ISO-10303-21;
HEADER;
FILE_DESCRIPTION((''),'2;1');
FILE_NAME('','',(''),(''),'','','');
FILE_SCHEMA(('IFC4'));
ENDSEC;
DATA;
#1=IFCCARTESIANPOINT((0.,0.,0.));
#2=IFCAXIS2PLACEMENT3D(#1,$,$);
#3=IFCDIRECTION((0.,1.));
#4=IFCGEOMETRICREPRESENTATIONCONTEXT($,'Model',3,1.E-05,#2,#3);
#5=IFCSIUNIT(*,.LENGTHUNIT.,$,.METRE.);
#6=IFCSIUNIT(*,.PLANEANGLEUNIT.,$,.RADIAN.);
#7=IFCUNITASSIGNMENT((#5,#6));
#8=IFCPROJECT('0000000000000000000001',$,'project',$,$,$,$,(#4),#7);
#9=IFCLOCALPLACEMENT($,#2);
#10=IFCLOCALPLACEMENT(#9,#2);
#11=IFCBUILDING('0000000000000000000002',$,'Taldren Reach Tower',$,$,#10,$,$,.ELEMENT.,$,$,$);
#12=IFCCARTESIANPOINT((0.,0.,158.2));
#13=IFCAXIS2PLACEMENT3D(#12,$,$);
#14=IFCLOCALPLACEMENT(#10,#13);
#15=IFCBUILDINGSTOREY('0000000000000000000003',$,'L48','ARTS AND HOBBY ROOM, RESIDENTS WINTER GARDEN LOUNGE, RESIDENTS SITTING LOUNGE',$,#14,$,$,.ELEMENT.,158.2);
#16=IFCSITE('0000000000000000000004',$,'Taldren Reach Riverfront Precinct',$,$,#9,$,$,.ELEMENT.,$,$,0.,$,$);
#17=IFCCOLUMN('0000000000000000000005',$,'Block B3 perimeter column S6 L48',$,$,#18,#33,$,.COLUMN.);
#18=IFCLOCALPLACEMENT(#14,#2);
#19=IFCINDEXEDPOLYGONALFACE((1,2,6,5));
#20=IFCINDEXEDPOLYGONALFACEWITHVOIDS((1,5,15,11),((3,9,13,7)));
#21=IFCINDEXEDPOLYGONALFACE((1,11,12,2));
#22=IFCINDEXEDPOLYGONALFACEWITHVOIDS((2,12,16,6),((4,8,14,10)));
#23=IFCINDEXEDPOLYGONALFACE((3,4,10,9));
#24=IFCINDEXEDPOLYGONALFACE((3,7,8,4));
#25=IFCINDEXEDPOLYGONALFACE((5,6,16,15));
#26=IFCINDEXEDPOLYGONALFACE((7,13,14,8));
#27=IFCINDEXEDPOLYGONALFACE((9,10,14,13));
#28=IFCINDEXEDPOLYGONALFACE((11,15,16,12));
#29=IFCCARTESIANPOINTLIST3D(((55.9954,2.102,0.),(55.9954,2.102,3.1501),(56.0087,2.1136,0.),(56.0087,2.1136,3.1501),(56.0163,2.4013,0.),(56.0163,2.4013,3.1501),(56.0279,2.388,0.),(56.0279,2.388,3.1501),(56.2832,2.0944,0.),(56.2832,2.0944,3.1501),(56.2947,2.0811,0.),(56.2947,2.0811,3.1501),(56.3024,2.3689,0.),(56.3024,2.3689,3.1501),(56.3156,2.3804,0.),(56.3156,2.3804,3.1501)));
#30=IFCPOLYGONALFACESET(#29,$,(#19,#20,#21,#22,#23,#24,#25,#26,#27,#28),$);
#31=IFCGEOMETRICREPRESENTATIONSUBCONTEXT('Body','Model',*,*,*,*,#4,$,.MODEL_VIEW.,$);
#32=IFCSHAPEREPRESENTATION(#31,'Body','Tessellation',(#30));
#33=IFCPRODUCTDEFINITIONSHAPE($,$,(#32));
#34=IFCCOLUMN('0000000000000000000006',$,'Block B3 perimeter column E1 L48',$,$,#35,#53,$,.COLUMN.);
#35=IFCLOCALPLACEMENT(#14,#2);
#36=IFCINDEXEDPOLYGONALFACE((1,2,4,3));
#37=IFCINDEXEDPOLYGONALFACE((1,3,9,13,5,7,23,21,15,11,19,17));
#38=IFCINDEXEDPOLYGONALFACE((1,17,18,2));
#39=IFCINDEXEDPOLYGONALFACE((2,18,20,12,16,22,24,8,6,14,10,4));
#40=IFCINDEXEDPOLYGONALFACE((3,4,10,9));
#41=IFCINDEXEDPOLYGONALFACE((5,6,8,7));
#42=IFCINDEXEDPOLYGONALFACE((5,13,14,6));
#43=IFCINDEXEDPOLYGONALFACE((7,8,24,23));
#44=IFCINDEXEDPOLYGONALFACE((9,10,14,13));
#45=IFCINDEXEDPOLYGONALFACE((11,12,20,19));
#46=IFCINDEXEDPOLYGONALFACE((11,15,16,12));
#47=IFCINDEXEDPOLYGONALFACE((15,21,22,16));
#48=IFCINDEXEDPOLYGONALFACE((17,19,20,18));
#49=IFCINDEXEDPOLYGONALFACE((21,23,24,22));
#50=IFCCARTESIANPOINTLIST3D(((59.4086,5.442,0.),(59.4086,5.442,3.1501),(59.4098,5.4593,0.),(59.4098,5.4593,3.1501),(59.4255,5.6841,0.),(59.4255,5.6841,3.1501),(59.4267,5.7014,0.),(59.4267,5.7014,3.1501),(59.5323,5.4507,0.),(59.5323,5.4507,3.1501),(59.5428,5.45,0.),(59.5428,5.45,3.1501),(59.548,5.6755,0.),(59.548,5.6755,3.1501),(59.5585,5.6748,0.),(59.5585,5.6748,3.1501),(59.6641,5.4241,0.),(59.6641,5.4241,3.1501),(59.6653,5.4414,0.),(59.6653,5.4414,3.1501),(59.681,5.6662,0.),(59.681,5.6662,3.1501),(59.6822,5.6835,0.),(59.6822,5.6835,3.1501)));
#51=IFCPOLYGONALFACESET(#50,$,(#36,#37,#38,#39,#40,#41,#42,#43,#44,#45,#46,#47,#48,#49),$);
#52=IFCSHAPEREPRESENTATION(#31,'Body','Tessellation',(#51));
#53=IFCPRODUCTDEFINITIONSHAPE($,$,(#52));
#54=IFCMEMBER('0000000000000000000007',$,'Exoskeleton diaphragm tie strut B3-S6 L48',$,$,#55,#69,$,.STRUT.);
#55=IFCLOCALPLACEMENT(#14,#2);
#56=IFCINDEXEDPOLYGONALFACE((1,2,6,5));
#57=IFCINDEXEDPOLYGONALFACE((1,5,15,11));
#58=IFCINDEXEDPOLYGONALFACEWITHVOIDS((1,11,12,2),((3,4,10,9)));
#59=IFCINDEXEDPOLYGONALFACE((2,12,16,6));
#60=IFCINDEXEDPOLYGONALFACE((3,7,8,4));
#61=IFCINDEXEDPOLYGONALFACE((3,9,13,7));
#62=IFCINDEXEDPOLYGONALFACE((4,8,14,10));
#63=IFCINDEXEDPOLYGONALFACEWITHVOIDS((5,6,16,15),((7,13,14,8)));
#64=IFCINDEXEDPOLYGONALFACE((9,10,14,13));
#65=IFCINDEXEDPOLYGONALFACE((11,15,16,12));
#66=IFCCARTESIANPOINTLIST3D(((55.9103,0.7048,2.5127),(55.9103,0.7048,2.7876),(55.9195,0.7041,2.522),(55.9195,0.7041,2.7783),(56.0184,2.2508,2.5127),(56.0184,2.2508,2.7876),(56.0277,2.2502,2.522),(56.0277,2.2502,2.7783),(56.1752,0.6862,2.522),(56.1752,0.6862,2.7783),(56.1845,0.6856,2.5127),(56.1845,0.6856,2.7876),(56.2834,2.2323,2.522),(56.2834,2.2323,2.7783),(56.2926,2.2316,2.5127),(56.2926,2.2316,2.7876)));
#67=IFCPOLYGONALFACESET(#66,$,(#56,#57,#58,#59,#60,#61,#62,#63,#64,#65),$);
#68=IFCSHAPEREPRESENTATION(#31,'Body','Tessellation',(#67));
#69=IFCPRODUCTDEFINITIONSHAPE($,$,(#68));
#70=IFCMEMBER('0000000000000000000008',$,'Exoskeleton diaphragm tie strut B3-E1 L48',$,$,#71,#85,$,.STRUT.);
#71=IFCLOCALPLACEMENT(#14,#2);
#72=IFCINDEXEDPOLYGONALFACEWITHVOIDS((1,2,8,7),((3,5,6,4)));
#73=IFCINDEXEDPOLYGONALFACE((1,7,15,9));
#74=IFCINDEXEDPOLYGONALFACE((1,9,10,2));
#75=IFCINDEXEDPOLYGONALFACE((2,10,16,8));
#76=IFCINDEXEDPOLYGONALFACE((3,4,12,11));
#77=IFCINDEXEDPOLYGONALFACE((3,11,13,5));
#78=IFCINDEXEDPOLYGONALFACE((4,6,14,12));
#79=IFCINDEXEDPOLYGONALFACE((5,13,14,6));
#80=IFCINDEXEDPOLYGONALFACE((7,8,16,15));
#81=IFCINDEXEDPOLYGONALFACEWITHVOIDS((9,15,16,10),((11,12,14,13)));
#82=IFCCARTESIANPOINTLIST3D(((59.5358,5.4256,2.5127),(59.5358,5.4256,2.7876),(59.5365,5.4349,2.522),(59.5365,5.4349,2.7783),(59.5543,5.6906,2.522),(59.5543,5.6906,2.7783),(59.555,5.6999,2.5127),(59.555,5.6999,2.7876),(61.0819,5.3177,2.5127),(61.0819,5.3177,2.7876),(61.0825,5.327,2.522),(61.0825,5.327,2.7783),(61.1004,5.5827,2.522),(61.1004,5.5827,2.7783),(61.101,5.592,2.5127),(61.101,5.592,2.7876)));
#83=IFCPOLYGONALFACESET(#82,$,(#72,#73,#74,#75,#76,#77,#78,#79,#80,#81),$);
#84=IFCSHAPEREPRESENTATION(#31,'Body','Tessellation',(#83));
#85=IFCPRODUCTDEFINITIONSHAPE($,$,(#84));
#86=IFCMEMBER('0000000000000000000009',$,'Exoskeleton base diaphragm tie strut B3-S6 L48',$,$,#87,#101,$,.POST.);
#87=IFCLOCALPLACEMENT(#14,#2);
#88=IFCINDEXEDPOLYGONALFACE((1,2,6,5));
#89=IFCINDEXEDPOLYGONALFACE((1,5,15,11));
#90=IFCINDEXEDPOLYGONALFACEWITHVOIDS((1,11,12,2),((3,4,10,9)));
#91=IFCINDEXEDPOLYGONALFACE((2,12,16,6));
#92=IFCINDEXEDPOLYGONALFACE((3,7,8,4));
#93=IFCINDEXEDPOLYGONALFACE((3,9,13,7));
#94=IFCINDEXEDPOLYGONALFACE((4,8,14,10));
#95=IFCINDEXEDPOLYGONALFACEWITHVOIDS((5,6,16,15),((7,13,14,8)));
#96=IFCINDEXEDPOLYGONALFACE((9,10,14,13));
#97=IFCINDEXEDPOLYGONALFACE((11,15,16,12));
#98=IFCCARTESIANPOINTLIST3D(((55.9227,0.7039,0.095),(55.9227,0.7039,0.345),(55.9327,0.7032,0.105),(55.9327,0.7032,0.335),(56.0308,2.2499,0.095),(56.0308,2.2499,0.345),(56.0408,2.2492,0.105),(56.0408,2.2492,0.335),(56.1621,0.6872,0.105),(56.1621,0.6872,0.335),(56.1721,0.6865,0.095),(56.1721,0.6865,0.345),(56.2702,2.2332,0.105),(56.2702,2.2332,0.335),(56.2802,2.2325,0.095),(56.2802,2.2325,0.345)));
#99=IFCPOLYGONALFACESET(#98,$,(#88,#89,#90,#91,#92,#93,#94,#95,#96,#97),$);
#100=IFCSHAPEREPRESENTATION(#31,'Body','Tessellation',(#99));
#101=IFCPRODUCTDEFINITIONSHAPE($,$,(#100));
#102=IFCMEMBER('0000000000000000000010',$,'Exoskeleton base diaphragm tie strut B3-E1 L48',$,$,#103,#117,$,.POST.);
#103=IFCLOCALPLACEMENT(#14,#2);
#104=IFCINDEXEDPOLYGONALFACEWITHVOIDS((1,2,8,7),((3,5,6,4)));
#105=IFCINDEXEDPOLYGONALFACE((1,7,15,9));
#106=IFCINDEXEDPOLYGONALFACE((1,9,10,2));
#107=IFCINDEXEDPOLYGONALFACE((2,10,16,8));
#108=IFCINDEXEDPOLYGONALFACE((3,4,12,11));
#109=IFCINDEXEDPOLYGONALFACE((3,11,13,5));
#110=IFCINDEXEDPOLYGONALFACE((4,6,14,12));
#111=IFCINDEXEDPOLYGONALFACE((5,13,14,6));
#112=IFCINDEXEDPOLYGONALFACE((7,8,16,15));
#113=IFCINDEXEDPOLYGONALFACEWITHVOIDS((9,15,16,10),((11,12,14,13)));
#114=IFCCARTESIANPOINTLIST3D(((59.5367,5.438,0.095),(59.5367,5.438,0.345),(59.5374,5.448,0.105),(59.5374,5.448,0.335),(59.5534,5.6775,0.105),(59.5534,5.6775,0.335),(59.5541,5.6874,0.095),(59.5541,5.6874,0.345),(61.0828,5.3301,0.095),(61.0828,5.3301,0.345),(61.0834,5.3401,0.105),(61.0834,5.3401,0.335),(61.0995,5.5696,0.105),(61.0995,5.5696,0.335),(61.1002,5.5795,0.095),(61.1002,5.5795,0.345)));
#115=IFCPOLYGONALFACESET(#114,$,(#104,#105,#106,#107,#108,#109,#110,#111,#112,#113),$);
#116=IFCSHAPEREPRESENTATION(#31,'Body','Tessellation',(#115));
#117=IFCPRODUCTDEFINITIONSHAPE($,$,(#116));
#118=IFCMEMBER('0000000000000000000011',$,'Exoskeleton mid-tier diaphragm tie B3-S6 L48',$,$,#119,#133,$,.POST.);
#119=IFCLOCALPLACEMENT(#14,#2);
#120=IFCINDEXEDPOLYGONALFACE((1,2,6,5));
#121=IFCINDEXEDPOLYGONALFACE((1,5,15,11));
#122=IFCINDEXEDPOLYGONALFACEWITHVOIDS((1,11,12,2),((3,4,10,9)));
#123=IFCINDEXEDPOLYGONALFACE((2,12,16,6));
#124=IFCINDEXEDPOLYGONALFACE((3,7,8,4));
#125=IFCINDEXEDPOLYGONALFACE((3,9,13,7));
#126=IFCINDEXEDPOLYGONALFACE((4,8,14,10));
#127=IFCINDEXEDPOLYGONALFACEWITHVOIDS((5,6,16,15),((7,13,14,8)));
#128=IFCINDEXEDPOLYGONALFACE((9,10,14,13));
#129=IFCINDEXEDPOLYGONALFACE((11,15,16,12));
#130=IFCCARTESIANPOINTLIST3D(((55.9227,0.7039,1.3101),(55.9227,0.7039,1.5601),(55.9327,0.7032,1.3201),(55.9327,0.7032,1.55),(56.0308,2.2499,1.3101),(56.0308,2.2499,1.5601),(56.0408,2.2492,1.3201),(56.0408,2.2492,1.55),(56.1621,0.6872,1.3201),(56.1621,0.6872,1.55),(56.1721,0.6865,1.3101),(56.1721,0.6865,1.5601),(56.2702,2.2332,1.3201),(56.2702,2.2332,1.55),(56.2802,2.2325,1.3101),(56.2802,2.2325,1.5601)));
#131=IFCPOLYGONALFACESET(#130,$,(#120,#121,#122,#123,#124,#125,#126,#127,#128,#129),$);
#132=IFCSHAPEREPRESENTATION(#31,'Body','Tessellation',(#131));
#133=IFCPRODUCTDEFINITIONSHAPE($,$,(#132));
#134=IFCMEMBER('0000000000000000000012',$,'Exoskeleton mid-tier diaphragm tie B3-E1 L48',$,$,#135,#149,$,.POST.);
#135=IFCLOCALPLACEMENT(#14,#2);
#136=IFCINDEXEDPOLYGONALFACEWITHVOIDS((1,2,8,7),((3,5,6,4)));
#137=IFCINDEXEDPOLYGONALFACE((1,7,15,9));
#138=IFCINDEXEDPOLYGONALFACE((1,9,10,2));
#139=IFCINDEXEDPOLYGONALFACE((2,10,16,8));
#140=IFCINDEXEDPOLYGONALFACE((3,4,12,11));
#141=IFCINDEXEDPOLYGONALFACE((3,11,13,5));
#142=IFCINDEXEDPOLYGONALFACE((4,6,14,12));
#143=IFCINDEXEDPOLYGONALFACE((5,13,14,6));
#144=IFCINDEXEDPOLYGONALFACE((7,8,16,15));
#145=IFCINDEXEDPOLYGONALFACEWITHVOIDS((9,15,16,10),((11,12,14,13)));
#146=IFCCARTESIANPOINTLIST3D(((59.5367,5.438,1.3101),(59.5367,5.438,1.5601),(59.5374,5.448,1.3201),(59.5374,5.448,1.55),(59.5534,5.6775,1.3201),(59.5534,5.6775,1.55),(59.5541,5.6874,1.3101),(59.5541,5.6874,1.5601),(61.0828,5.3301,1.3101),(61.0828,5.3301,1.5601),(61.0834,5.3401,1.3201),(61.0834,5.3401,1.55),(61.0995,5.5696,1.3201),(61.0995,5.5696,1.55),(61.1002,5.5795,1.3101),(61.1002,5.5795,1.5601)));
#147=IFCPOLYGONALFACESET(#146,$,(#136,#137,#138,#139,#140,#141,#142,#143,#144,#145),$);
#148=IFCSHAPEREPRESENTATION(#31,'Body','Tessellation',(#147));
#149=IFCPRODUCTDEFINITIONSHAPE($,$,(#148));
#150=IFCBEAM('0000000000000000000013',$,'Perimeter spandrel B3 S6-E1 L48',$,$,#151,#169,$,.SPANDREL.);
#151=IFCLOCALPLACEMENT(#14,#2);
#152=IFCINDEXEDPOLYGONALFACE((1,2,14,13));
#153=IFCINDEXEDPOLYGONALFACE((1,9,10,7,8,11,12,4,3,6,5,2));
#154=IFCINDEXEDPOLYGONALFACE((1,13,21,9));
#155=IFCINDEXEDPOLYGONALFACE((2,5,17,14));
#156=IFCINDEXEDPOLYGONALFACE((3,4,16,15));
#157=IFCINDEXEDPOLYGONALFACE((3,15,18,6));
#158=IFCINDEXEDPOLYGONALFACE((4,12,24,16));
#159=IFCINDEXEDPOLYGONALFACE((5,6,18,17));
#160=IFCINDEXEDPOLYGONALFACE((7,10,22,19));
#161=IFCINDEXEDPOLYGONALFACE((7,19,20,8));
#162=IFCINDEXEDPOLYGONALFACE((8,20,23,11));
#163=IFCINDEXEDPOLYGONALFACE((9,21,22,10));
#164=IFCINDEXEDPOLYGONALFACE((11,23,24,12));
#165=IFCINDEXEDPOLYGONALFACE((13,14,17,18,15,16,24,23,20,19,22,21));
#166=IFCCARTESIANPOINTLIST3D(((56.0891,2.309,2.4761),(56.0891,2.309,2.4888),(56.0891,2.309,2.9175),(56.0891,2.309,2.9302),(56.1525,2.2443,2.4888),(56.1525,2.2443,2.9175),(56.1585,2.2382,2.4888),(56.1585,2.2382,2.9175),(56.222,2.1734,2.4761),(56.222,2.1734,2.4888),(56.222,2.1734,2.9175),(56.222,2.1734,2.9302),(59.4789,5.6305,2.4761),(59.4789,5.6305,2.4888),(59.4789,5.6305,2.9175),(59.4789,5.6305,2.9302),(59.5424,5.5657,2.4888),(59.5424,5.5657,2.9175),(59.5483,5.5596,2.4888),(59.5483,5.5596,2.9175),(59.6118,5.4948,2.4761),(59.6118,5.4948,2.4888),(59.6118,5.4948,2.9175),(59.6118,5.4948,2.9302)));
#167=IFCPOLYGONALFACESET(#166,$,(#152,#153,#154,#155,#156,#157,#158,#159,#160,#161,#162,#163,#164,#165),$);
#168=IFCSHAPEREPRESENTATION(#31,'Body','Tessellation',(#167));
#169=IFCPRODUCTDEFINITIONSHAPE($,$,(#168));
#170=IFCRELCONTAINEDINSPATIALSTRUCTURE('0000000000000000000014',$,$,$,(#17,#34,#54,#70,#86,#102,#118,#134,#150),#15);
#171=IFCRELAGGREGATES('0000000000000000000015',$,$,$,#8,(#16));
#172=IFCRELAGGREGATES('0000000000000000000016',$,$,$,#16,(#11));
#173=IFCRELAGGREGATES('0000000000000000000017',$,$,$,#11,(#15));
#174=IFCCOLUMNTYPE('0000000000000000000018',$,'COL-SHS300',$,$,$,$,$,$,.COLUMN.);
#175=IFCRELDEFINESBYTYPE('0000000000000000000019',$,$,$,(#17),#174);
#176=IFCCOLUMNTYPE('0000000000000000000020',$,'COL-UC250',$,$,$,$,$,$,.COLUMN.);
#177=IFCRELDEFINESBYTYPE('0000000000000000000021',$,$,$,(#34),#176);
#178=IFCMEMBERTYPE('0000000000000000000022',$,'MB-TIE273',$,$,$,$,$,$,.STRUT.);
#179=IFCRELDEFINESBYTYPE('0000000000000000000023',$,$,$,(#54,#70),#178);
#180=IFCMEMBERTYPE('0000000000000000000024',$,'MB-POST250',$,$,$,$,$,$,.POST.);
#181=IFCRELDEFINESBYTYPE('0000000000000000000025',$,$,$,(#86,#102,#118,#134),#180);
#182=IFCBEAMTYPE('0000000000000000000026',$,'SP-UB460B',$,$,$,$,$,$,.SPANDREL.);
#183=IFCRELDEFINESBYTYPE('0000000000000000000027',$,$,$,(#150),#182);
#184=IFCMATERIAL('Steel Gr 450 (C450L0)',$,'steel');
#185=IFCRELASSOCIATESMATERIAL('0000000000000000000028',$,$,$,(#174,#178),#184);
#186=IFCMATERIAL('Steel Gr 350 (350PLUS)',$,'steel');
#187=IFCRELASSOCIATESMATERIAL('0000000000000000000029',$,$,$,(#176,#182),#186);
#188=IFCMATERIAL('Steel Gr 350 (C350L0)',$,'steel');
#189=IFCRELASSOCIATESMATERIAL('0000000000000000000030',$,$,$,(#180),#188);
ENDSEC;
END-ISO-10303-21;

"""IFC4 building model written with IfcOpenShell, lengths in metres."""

from ifc_helpers import new_model, si_unit, direction, frame, origin, origin_2d, place, context, subcontext, project, spatial, hollow_rectangle, i_section, extrude, source, transform, mapped, material, material_profile, profile_set, type_object, element, save


model = new_model("IFC4")

# Units and contexts
model_context = context("Model", 3, precision=1e-05, world=origin(), true_north=direction((0.0, 1.0)))
body_context = subcontext(model_context, "Body", "Model", "MODEL_VIEW")
ifc_project = project(units=[si_unit("LENGTHUNIT", "METRE"), si_unit("PLANEANGLEUNIT", "RADIAN")], contexts=[model_context])

# Site, building, storey
site_placement = place(None, origin())
site = spatial("IfcSite", under=ifc_project, at=site_placement, Name="Taldren Reach Riverfront Precinct", CompositionType="ELEMENT", RefElevation=0.0)
building_placement = place(site_placement, origin())
building = spatial("IfcBuilding", under=site, at=building_placement, Name="Taldren Reach Tower", CompositionType="ELEMENT")
storey_placement = place(building_placement, frame((0.0, 0.0, 158.2)))
storey = spatial("IfcBuildingStorey", under=building, at=storey_placement, Name="L48", Description="ARTS AND HOBBY ROOM, RESIDENTS WINTER GARDEN LOUNGE, RESIDENTS SITTING LOUNGE", CompositionType="ELEMENT", Elevation=158.2)

# Columns
ifc_material_1 = material(Name="Steel Gr 450 (C450L0)", Category="steel")
ifc_material_profile_1 = material_profile(ifc_material_1, hollow_rectangle(XDim=0.3, YDim=0.3, WallThickness=0.0125, at=origin_2d()), Name="300x300x12.5SHS")
ifc_profile_set_1 = profile_set([ifc_material_profile_1], Name="Steel Gr 450 (C450L0)")
column_type_1 = type_object("IfcColumnType", Name="COL-SHS300", PredefinedType="COLUMN", material=ifc_profile_set_1)
shared_shape_1 = source(origin(), body_context, "Body", "SweptSolid", [
    extrude(hollow_rectangle(XDim=0.3, YDim=0.3, WallThickness=0.0125, at=origin_2d()), origin(), (0.0, 0.0, 1.0), 3.1501),
])
column_1_placement = place(storey_placement, frame((56.1555, 2.2412, 0.0), z_axis=(0.0, 0.0, 1.0), x_axis=(0.997564, -0.069756, 0.0)))
element("IfcColumn", 1, at=column_1_placement, inside=storey, type_object=column_type_1, Name="Block B3 perimeter column S6 L48", PredefinedType="COLUMN", context=body_context, shape_type="MappedRepresentation", body=[
    mapped(shared_shape_1, transform((0.0, 0.0, 0.0), scale=1.0)),
])
ifc_material_2 = material(Name="Steel Gr 350 (350PLUS)", Category="steel")
ifc_material_profile_2 = material_profile(ifc_material_2, i_section(OverallWidth=0.2561, OverallDepth=0.26, WebThickness=0.0105, FlangeThickness=0.0173, at=origin_2d()), Name="250UC89.5")
ifc_profile_set_2 = profile_set([ifc_material_profile_2], Name="Steel Gr 350 (350PLUS)")
column_type_2 = type_object("IfcColumnType", Name="COL-UC250", PredefinedType="COLUMN", material=ifc_profile_set_2)
shared_shape_2 = source(origin(), body_context, "Body", "SweptSolid", [
    extrude(i_section(OverallWidth=0.2561, OverallDepth=0.26, WebThickness=0.0105, FlangeThickness=0.0173, at=origin_2d()), origin(), (0.0, 0.0, 1.0), 3.1501),
])
column_2_placement = place(storey_placement, frame((59.5454, 5.5627, 0.0), z_axis=(0.0, 0.0, 1.0), x_axis=(0.997564, -0.069756, 0.0)))
element("IfcColumn", 2, at=column_2_placement, inside=storey, type_object=column_type_2, Name="Block B3 perimeter column E1 L48", PredefinedType="COLUMN", context=body_context, shape_type="MappedRepresentation", body=[
    mapped(shared_shape_2, transform((0.0, 0.0, 0.0), scale=1.0)),
])

# Members
ifc_material_profile_3 = material_profile(ifc_material_1, hollow_rectangle(XDim=0.2749, YDim=0.2749, WallThickness=0.0093, at=origin_2d()), Name="275x275x9.3SHS")
ifc_profile_set_3 = profile_set([ifc_material_profile_3], Name="Steel Gr 450 (C450L0)")
member_type_1 = type_object("IfcMemberType", Name="MB-TIE273", PredefinedType="STRUT", material=ifc_profile_set_3)
shared_shape_3 = source(origin(), body_context, "Body", "SweptSolid", [
    extrude(hollow_rectangle(XDim=0.2749, YDim=0.2749, WallThickness=0.0093, at=origin_2d()), origin(), (0.0, 0.0, 1.0), 1.5498),
])
for number, where, z_axis, x_axis, name in (
    (3, (56.1555, 2.2412, 2.6501), (-0.069781, -0.997562, 0.0), (0.997562, -0.069781, 0.0), "Exoskeleton diaphragm tie strut B3-S6 L48"),
    (4, (59.5454, 5.5627, 2.6501), (0.997573, -0.069624, 0.0), (0.069624, 0.997573, 0.0), "Exoskeleton diaphragm tie strut B3-E1 L48"),
):
    element("IfcMember", number, at=place(storey_placement, frame(where, z_axis=z_axis, x_axis=x_axis)), inside=storey, type_object=member_type_1, Name=name, PredefinedType="STRUT", context=body_context, shape_type="MappedRepresentation", body=[
        mapped(shared_shape_3, transform((0.0, 0.0, 0.0), scale=1.0)),
    ])
ifc_material_3 = material(Name="Steel Gr 350 (C350L0)", Category="steel")
ifc_material_profile_4 = material_profile(ifc_material_3, hollow_rectangle(XDim=0.25, YDim=0.25, WallThickness=0.01, at=origin_2d()), Name="250x250x10.0SHS")
ifc_profile_set_4 = profile_set([ifc_material_profile_4], Name="Steel Gr 350 (C350L0)")
member_type_2 = type_object("IfcMemberType", Name="MB-POST250", PredefinedType="POST", material=ifc_profile_set_4)
shared_shape_4 = source(origin(), body_context, "Body", "SweptSolid", [
    extrude(hollow_rectangle(XDim=0.25, YDim=0.25, WallThickness=0.01, at=origin_2d()), origin(), (0.0, 0.0, 1.0), 1.5498),
])
for number, where, z_axis, x_axis, name in (
    (5, (56.1555, 2.2412, 0.22), (-0.069781, -0.997562, 0.0), (0.997562, -0.069781, 0.0), "Exoskeleton base diaphragm tie strut B3-S6 L48"),
    (6, (59.5454, 5.5627, 0.22), (0.997573, -0.069624, 0.0), (0.069624, 0.997573, 0.0), "Exoskeleton base diaphragm tie strut B3-E1 L48"),
    (7, (56.1555, 2.2412, 1.4351), (-0.069781, -0.997562, 0.0), (0.997562, -0.069781, 0.0), "Exoskeleton mid-tier diaphragm tie B3-S6 L48"),
    (8, (59.5454, 5.5627, 1.4351), (0.997573, -0.069624, 0.0), (0.069624, 0.997573, 0.0), "Exoskeleton mid-tier diaphragm tie B3-E1 L48"),
):
    element("IfcMember", number, at=place(storey_placement, frame(where, z_axis=z_axis, x_axis=x_axis)), inside=storey, type_object=member_type_2, Name=name, PredefinedType="POST", context=body_context, shape_type="MappedRepresentation", body=[
        mapped(shared_shape_4, transform((0.0, 0.0, 0.0), scale=1.0)),
    ])

# Beam
ifc_material_profile_5 = material_profile(ifc_material_2, i_section(OverallWidth=0.1899, OverallDepth=0.4541, WebThickness=0.0085, FlangeThickness=0.0127, at=origin_2d()), Name="460UB67.1")
ifc_profile_set_5 = profile_set([ifc_material_profile_5], Name="Steel Gr 350 (350PLUS)")
beam_type_1 = type_object("IfcBeamType", Name="SP-UB460B", PredefinedType="SPANDREL", material=ifc_profile_set_5)
shared_shape_5 = source(origin(), body_context, "Body", "SweptSolid", [
    extrude(i_section(OverallWidth=0.1899, OverallDepth=0.4541, WebThickness=0.0085, FlangeThickness=0.0127, at=origin_2d()), origin(), (0.0, 0.0, 1.0), 4.7458),
])
beam_1_placement = place(storey_placement, frame((56.1555, 2.2412, 2.7031), z_axis=(0.714272, 0.699868, 0.0), x_axis=(-0.699868, 0.714272, 0.0)))
element("IfcBeam", 9, at=beam_1_placement, inside=storey, type_object=beam_type_1, Name="Perimeter spandrel B3 S6-E1 L48", PredefinedType="SPANDREL", context=body_context, shape_type="MappedRepresentation", body=[
    mapped(shared_shape_5, transform((0.0, 0.0, 0.0), scale=1.0)),
])

save(model, "model.ifc")
